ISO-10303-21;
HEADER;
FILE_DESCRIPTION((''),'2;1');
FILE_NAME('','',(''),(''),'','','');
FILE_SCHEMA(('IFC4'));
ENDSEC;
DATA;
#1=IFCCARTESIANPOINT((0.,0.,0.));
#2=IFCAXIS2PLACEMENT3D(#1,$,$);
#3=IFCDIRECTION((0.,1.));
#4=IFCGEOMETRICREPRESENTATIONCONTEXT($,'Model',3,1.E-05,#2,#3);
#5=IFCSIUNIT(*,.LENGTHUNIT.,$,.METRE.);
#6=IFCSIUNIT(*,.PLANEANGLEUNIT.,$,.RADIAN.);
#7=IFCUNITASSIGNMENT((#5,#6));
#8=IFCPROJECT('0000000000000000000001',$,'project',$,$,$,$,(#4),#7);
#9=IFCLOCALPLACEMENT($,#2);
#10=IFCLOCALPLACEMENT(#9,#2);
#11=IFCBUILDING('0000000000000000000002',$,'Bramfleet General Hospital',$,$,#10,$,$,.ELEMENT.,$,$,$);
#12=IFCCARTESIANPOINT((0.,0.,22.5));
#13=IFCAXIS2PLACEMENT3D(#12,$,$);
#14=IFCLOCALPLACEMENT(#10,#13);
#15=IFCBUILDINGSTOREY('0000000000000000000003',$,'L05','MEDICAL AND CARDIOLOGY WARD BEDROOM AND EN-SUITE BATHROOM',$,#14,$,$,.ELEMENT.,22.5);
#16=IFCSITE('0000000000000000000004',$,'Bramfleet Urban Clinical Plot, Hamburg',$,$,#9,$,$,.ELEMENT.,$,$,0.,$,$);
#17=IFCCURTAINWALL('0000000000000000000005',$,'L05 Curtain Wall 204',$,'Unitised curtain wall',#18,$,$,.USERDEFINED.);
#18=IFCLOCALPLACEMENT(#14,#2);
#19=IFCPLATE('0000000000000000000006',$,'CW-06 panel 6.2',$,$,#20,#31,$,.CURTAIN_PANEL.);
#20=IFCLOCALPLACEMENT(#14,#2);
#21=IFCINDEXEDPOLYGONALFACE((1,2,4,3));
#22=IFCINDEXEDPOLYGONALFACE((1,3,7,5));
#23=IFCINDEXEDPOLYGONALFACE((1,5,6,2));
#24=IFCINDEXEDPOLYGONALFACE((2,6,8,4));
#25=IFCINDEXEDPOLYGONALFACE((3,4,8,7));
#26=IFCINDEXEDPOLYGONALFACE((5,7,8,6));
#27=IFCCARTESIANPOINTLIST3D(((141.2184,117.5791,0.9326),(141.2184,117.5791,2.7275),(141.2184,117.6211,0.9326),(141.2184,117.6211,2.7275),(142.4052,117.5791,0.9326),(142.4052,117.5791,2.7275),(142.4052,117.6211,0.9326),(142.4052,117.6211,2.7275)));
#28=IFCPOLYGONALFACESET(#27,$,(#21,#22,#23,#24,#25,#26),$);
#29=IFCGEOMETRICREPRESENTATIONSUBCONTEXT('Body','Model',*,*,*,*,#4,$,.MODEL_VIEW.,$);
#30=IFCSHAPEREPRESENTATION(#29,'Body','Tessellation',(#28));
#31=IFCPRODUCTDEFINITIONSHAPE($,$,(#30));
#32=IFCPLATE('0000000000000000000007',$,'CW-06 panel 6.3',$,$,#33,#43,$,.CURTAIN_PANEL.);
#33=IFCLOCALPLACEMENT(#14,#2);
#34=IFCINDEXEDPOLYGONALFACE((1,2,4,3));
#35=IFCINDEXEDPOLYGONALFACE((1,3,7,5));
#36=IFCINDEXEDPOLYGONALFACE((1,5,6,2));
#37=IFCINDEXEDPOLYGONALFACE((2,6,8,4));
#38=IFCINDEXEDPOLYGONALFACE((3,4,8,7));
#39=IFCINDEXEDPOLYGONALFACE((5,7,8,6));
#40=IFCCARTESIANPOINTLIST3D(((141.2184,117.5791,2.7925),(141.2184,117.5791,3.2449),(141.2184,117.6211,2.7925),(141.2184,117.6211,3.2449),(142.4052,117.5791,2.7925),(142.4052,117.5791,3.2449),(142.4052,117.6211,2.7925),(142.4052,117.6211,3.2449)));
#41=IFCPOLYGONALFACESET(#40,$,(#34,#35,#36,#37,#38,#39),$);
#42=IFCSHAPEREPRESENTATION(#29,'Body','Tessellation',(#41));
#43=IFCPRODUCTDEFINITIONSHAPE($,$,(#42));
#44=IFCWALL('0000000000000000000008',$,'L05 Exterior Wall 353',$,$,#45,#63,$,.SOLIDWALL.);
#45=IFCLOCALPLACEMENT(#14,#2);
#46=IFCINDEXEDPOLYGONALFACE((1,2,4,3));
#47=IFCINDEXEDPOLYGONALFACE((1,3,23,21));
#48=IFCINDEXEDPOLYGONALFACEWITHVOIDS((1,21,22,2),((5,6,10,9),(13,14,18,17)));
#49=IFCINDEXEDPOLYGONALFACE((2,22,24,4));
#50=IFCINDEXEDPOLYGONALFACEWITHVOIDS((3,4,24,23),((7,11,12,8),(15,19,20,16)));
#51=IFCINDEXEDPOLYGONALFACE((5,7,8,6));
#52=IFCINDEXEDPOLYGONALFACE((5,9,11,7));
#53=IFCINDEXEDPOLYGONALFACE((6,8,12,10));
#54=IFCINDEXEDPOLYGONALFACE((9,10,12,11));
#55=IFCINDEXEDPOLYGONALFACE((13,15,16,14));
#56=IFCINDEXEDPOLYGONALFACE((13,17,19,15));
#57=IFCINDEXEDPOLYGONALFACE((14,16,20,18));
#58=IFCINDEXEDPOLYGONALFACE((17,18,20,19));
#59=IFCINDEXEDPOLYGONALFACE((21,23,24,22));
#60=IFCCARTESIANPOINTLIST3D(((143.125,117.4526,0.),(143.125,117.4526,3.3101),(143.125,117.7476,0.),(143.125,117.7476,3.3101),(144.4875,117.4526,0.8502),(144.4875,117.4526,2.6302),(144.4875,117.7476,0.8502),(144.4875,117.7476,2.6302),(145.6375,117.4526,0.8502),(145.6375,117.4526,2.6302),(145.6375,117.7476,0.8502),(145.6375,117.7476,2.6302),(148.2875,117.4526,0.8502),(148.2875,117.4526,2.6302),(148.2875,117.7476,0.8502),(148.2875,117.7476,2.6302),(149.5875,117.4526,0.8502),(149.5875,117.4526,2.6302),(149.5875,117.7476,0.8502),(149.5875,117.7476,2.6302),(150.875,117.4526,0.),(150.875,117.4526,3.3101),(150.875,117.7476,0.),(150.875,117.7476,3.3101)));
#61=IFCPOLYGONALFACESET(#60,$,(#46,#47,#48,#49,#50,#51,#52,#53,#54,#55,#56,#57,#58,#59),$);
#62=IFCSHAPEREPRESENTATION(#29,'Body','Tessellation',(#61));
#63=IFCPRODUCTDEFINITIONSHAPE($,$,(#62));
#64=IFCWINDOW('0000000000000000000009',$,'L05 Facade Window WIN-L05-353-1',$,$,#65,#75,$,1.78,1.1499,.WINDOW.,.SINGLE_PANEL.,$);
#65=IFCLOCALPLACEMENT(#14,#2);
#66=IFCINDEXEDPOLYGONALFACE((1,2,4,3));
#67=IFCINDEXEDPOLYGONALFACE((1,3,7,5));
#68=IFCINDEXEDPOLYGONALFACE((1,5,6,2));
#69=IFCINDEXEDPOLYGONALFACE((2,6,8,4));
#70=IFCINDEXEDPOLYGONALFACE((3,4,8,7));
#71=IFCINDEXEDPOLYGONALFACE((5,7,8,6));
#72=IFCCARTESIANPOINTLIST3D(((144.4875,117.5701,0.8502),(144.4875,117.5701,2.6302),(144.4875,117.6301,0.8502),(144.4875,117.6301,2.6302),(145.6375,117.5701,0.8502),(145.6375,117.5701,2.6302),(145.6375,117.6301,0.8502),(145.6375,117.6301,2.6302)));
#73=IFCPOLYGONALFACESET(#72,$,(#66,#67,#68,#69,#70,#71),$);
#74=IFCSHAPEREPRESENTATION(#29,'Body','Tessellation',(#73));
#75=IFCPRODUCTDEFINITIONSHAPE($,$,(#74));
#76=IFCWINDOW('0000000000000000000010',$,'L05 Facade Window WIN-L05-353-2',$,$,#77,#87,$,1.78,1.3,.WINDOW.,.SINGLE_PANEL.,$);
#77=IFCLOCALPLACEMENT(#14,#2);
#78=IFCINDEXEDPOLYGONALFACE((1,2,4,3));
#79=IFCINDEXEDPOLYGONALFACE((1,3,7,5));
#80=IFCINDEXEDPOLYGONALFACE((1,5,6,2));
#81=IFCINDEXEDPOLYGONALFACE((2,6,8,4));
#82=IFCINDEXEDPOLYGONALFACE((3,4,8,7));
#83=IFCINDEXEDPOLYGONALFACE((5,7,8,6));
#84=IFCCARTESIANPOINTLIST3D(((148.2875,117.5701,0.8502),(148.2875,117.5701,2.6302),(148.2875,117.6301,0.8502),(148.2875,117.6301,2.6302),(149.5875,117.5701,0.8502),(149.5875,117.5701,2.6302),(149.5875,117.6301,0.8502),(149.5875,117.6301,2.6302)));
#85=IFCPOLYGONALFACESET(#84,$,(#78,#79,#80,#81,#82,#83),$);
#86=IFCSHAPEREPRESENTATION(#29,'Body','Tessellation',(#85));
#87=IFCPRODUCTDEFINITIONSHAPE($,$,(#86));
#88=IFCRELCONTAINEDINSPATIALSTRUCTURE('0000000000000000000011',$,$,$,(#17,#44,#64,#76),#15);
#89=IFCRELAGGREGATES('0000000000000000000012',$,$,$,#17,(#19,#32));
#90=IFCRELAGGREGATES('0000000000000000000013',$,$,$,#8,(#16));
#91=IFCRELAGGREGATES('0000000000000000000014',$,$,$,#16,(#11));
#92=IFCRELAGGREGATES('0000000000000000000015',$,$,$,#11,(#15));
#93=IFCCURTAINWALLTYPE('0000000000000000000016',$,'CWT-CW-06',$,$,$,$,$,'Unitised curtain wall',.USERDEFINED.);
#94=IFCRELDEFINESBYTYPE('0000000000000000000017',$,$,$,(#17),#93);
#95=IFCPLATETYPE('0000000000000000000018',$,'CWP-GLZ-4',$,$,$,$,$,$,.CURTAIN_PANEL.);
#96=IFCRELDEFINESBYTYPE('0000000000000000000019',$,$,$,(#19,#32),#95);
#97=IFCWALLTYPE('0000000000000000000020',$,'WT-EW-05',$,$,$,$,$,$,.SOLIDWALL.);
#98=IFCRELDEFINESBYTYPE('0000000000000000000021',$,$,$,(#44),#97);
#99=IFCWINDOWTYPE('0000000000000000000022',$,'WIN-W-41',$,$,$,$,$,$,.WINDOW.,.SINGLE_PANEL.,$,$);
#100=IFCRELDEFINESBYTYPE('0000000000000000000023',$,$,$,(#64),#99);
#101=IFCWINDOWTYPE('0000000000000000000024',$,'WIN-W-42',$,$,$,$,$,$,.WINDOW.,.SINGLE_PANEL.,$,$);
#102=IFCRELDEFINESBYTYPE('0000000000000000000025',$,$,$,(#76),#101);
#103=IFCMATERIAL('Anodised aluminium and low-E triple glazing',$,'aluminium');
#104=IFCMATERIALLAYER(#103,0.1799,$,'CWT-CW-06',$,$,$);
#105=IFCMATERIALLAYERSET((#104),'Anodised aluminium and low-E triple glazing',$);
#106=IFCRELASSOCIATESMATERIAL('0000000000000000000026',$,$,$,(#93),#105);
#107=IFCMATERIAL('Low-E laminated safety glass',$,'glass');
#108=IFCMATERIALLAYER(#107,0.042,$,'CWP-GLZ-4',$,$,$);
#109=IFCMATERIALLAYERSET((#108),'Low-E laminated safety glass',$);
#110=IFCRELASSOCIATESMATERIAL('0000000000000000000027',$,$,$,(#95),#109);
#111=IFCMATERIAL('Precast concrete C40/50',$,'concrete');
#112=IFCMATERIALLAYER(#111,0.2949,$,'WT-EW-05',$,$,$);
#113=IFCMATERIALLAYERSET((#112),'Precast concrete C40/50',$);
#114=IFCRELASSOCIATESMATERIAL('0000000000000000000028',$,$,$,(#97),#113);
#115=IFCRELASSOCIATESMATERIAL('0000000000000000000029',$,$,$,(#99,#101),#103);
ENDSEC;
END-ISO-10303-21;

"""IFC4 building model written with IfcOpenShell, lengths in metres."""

from ifc_helpers import new_model, si_unit, direction, frame, frame_2d, origin, origin_2d, place, context, subcontext, project, spatial, rectangle, extrude, material, layer, layer_set, type_object, element, fill, aggregate, save


model = new_model("IFC4")

# Units and contexts
model_context = context("Model", 3, precision=1e-05, world=origin(), true_north=direction((0.0, 1.0)))
body_context = subcontext(model_context, "Body", "Model", "MODEL_VIEW")
ifc_project = project(units=[si_unit("LENGTHUNIT", "METRE"), si_unit("PLANEANGLEUNIT", "RADIAN")], contexts=[model_context])

# Site, building, storey
site_placement = place(None, origin())
site = spatial("IfcSite", under=ifc_project, at=site_placement, Name="Bramfleet Urban Clinical Plot, Hamburg", CompositionType="ELEMENT", RefElevation=0.0)
building_placement = place(site_placement, origin())
building = spatial("IfcBuilding", under=site, at=building_placement, Name="Bramfleet General Hospital", CompositionType="ELEMENT")
storey_placement = place(building_placement, frame((0.0, 0.0, 22.5)))
storey = spatial("IfcBuildingStorey", under=building, at=storey_placement, Name="L05", Description="MEDICAL AND CARDIOLOGY WARD BEDROOM AND EN-SUITE BATHROOM", CompositionType="ELEMENT", Elevation=22.5)

# Curtain wall, plates
ifc_material_1 = material(Name="Anodised aluminium and low-E triple glazing", Category="aluminium")
ifc_layer_1 = layer(ifc_material_1, 0.1799, Name="CWT-CW-06")
ifc_layer_set_1 = layer_set([ifc_layer_1], Name="Anodised aluminium and low-E triple glazing")
curtain_wall_type = type_object("IfcCurtainWallType", Name="CWT-CW-06", ElementType="Unitised curtain wall", PredefinedType="USERDEFINED", material=ifc_layer_set_1)
curtain_wall_placement = place(storey_placement, origin())
curtain_wall = element("IfcCurtainWall", 1, at=curtain_wall_placement, inside=storey, type_object=curtain_wall_type, Name="L05 Curtain Wall 204", ObjectType="Unitised curtain wall", PredefinedType="USERDEFINED")
ifc_material_2 = material(Name="Low-E laminated safety glass", Category="glass")
ifc_layer_2 = layer(ifc_material_2, 0.042, Name="CWP-GLZ-4")
ifc_layer_set_2 = layer_set([ifc_layer_2], Name="Low-E laminated safety glass")
plate_type = type_object("IfcPlateType", Name="CWP-GLZ-4", PredefinedType="CURTAIN_PANEL", material=ifc_layer_set_2)
plate_1_placement = place(storey_placement, frame((141.8118, 117.6001, 0.9326), z_axis=(0.0, 0.0, 1.0), x_axis=(1.0, 0.0, 0.0)))
plate_1 = element("IfcPlate", 2, at=plate_1_placement, type_object=plate_type, Name="CW-06 panel 6.2", PredefinedType="CURTAIN_PANEL", context=body_context, shape_type="SweptSolid", body=[
    extrude(rectangle(XDim=1.1868, YDim=0.042, at=origin_2d()), origin(), (0.0, 0.0, 1.0), 1.7949),
])
plate_2_placement = place(storey_placement, frame((141.8118, 117.6001, 2.7925), z_axis=(0.0, 0.0, 1.0), x_axis=(1.0, 0.0, 0.0)))
plate_2 = element("IfcPlate", 3, at=plate_2_placement, type_object=plate_type, Name="CW-06 panel 6.3", PredefinedType="CURTAIN_PANEL", context=body_context, shape_type="SweptSolid", body=[
    extrude(rectangle(XDim=1.1868, YDim=0.042, at=origin_2d()), origin(), (0.0, 0.0, 1.0), 0.4524),
])
aggregate(curtain_wall, [plate_1, plate_2])

# Wall, openings, windows
ifc_material_3 = material(Name="Precast concrete C40/50", Category="concrete")
ifc_layer_3 = layer(ifc_material_3, 0.2949, Name="WT-EW-05")
ifc_layer_set_3 = layer_set([ifc_layer_3], Name="Precast concrete C40/50")
wall_type = type_object("IfcWallType", Name="WT-EW-05", PredefinedType="SOLIDWALL", material=ifc_layer_set_3)
wall_placement = place(storey_placement, frame((143.125, 117.6001, 0.0), z_axis=(0.0, 0.0, 1.0), x_axis=(1.0, 0.0, 0.0)))
wall = element("IfcWall", 4, at=wall_placement, inside=storey, type_object=wall_type, Name="L05 Exterior Wall 353", PredefinedType="SOLIDWALL", context=body_context, shape_type="SweptSolid", body=[
    extrude(rectangle(XDim=7.75, YDim=0.2949, at=frame_2d((3.875, 0.0))), origin(), (0.0, 0.0, 1.0), 3.3101),
])
opening_1_placement = place(wall_placement, frame((1.3625, 0.0, 0.8501)))
opening_1 = element("IfcOpeningElement", 5, at=opening_1_placement, cuts=wall, PredefinedType="OPENING", context=body_context, shape_type="SweptSolid", body=[
    extrude(rectangle(XDim=1.1499, YDim=1.78, at=frame_2d((0.575, 0.8901))), frame((0.0, 0.1575, 0.0), z_axis=(0.0, -1.0, 0.0), x_axis=(1.0, 0.0, 0.0)), (0.0, 0.0, 1.0), 0.3149),
])
opening_2_placement = place(wall_placement, frame((5.1626, 0.0, 0.8501)))
opening_2 = element("IfcOpeningElement", 6, at=opening_2_placement, cuts=wall, PredefinedType="OPENING", context=body_context, shape_type="SweptSolid", body=[
    extrude(rectangle(XDim=1.3, YDim=1.78, at=frame_2d((0.6499, 0.8901))), frame((0.0, 0.1575, 0.0), z_axis=(0.0, -1.0, 0.0), x_axis=(1.0, 0.0, 0.0)), (0.0, 0.0, 1.0), 0.3149),
])
window_type_1 = type_object("IfcWindowType", Name="WIN-W-41", PartitioningType="SINGLE_PANEL", PredefinedType="WINDOW", material=ifc_material_1)
window_1_placement = place(opening_1_placement, origin())
window_1 = element("IfcWindow", 7, at=window_1_placement, inside=storey, type_object=window_type_1, Name="L05 Facade Window WIN-L05-353-1", OverallHeight=1.78, OverallWidth=1.1499, PartitioningType="SINGLE_PANEL", PredefinedType="WINDOW", context=body_context, shape_type="SweptSolid", body=[
    extrude(rectangle(XDim=1.1499, YDim=1.78, at=frame_2d((0.575, 0.8901))), frame((0.0, 0.03, 0.0), z_axis=(0.0, -1.0, 0.0), x_axis=(1.0, 0.0, 0.0)), (0.0, 0.0, 1.0), 0.0601),
])
fill(opening_1, window_1)
window_type_2 = type_object("IfcWindowType", Name="WIN-W-42", PartitioningType="SINGLE_PANEL", PredefinedType="WINDOW", material=ifc_material_1)
window_2_placement = place(opening_2_placement, origin())
window_2 = element("IfcWindow", 8, at=window_2_placement, inside=storey, type_object=window_type_2, Name="L05 Facade Window WIN-L05-353-2", OverallHeight=1.78, OverallWidth=1.3, PartitioningType="SINGLE_PANEL", PredefinedType="WINDOW", context=body_context, shape_type="SweptSolid", body=[
    extrude(rectangle(XDim=1.3, YDim=1.78, at=frame_2d((0.6499, 0.8901))), frame((0.0, 0.03, 0.0), z_axis=(0.0, -1.0, 0.0), x_axis=(1.0, 0.0, 0.0)), (0.0, 0.0, 1.0), 0.0601),
])
fill(opening_2, window_2)

save(model, "model.ifc")
